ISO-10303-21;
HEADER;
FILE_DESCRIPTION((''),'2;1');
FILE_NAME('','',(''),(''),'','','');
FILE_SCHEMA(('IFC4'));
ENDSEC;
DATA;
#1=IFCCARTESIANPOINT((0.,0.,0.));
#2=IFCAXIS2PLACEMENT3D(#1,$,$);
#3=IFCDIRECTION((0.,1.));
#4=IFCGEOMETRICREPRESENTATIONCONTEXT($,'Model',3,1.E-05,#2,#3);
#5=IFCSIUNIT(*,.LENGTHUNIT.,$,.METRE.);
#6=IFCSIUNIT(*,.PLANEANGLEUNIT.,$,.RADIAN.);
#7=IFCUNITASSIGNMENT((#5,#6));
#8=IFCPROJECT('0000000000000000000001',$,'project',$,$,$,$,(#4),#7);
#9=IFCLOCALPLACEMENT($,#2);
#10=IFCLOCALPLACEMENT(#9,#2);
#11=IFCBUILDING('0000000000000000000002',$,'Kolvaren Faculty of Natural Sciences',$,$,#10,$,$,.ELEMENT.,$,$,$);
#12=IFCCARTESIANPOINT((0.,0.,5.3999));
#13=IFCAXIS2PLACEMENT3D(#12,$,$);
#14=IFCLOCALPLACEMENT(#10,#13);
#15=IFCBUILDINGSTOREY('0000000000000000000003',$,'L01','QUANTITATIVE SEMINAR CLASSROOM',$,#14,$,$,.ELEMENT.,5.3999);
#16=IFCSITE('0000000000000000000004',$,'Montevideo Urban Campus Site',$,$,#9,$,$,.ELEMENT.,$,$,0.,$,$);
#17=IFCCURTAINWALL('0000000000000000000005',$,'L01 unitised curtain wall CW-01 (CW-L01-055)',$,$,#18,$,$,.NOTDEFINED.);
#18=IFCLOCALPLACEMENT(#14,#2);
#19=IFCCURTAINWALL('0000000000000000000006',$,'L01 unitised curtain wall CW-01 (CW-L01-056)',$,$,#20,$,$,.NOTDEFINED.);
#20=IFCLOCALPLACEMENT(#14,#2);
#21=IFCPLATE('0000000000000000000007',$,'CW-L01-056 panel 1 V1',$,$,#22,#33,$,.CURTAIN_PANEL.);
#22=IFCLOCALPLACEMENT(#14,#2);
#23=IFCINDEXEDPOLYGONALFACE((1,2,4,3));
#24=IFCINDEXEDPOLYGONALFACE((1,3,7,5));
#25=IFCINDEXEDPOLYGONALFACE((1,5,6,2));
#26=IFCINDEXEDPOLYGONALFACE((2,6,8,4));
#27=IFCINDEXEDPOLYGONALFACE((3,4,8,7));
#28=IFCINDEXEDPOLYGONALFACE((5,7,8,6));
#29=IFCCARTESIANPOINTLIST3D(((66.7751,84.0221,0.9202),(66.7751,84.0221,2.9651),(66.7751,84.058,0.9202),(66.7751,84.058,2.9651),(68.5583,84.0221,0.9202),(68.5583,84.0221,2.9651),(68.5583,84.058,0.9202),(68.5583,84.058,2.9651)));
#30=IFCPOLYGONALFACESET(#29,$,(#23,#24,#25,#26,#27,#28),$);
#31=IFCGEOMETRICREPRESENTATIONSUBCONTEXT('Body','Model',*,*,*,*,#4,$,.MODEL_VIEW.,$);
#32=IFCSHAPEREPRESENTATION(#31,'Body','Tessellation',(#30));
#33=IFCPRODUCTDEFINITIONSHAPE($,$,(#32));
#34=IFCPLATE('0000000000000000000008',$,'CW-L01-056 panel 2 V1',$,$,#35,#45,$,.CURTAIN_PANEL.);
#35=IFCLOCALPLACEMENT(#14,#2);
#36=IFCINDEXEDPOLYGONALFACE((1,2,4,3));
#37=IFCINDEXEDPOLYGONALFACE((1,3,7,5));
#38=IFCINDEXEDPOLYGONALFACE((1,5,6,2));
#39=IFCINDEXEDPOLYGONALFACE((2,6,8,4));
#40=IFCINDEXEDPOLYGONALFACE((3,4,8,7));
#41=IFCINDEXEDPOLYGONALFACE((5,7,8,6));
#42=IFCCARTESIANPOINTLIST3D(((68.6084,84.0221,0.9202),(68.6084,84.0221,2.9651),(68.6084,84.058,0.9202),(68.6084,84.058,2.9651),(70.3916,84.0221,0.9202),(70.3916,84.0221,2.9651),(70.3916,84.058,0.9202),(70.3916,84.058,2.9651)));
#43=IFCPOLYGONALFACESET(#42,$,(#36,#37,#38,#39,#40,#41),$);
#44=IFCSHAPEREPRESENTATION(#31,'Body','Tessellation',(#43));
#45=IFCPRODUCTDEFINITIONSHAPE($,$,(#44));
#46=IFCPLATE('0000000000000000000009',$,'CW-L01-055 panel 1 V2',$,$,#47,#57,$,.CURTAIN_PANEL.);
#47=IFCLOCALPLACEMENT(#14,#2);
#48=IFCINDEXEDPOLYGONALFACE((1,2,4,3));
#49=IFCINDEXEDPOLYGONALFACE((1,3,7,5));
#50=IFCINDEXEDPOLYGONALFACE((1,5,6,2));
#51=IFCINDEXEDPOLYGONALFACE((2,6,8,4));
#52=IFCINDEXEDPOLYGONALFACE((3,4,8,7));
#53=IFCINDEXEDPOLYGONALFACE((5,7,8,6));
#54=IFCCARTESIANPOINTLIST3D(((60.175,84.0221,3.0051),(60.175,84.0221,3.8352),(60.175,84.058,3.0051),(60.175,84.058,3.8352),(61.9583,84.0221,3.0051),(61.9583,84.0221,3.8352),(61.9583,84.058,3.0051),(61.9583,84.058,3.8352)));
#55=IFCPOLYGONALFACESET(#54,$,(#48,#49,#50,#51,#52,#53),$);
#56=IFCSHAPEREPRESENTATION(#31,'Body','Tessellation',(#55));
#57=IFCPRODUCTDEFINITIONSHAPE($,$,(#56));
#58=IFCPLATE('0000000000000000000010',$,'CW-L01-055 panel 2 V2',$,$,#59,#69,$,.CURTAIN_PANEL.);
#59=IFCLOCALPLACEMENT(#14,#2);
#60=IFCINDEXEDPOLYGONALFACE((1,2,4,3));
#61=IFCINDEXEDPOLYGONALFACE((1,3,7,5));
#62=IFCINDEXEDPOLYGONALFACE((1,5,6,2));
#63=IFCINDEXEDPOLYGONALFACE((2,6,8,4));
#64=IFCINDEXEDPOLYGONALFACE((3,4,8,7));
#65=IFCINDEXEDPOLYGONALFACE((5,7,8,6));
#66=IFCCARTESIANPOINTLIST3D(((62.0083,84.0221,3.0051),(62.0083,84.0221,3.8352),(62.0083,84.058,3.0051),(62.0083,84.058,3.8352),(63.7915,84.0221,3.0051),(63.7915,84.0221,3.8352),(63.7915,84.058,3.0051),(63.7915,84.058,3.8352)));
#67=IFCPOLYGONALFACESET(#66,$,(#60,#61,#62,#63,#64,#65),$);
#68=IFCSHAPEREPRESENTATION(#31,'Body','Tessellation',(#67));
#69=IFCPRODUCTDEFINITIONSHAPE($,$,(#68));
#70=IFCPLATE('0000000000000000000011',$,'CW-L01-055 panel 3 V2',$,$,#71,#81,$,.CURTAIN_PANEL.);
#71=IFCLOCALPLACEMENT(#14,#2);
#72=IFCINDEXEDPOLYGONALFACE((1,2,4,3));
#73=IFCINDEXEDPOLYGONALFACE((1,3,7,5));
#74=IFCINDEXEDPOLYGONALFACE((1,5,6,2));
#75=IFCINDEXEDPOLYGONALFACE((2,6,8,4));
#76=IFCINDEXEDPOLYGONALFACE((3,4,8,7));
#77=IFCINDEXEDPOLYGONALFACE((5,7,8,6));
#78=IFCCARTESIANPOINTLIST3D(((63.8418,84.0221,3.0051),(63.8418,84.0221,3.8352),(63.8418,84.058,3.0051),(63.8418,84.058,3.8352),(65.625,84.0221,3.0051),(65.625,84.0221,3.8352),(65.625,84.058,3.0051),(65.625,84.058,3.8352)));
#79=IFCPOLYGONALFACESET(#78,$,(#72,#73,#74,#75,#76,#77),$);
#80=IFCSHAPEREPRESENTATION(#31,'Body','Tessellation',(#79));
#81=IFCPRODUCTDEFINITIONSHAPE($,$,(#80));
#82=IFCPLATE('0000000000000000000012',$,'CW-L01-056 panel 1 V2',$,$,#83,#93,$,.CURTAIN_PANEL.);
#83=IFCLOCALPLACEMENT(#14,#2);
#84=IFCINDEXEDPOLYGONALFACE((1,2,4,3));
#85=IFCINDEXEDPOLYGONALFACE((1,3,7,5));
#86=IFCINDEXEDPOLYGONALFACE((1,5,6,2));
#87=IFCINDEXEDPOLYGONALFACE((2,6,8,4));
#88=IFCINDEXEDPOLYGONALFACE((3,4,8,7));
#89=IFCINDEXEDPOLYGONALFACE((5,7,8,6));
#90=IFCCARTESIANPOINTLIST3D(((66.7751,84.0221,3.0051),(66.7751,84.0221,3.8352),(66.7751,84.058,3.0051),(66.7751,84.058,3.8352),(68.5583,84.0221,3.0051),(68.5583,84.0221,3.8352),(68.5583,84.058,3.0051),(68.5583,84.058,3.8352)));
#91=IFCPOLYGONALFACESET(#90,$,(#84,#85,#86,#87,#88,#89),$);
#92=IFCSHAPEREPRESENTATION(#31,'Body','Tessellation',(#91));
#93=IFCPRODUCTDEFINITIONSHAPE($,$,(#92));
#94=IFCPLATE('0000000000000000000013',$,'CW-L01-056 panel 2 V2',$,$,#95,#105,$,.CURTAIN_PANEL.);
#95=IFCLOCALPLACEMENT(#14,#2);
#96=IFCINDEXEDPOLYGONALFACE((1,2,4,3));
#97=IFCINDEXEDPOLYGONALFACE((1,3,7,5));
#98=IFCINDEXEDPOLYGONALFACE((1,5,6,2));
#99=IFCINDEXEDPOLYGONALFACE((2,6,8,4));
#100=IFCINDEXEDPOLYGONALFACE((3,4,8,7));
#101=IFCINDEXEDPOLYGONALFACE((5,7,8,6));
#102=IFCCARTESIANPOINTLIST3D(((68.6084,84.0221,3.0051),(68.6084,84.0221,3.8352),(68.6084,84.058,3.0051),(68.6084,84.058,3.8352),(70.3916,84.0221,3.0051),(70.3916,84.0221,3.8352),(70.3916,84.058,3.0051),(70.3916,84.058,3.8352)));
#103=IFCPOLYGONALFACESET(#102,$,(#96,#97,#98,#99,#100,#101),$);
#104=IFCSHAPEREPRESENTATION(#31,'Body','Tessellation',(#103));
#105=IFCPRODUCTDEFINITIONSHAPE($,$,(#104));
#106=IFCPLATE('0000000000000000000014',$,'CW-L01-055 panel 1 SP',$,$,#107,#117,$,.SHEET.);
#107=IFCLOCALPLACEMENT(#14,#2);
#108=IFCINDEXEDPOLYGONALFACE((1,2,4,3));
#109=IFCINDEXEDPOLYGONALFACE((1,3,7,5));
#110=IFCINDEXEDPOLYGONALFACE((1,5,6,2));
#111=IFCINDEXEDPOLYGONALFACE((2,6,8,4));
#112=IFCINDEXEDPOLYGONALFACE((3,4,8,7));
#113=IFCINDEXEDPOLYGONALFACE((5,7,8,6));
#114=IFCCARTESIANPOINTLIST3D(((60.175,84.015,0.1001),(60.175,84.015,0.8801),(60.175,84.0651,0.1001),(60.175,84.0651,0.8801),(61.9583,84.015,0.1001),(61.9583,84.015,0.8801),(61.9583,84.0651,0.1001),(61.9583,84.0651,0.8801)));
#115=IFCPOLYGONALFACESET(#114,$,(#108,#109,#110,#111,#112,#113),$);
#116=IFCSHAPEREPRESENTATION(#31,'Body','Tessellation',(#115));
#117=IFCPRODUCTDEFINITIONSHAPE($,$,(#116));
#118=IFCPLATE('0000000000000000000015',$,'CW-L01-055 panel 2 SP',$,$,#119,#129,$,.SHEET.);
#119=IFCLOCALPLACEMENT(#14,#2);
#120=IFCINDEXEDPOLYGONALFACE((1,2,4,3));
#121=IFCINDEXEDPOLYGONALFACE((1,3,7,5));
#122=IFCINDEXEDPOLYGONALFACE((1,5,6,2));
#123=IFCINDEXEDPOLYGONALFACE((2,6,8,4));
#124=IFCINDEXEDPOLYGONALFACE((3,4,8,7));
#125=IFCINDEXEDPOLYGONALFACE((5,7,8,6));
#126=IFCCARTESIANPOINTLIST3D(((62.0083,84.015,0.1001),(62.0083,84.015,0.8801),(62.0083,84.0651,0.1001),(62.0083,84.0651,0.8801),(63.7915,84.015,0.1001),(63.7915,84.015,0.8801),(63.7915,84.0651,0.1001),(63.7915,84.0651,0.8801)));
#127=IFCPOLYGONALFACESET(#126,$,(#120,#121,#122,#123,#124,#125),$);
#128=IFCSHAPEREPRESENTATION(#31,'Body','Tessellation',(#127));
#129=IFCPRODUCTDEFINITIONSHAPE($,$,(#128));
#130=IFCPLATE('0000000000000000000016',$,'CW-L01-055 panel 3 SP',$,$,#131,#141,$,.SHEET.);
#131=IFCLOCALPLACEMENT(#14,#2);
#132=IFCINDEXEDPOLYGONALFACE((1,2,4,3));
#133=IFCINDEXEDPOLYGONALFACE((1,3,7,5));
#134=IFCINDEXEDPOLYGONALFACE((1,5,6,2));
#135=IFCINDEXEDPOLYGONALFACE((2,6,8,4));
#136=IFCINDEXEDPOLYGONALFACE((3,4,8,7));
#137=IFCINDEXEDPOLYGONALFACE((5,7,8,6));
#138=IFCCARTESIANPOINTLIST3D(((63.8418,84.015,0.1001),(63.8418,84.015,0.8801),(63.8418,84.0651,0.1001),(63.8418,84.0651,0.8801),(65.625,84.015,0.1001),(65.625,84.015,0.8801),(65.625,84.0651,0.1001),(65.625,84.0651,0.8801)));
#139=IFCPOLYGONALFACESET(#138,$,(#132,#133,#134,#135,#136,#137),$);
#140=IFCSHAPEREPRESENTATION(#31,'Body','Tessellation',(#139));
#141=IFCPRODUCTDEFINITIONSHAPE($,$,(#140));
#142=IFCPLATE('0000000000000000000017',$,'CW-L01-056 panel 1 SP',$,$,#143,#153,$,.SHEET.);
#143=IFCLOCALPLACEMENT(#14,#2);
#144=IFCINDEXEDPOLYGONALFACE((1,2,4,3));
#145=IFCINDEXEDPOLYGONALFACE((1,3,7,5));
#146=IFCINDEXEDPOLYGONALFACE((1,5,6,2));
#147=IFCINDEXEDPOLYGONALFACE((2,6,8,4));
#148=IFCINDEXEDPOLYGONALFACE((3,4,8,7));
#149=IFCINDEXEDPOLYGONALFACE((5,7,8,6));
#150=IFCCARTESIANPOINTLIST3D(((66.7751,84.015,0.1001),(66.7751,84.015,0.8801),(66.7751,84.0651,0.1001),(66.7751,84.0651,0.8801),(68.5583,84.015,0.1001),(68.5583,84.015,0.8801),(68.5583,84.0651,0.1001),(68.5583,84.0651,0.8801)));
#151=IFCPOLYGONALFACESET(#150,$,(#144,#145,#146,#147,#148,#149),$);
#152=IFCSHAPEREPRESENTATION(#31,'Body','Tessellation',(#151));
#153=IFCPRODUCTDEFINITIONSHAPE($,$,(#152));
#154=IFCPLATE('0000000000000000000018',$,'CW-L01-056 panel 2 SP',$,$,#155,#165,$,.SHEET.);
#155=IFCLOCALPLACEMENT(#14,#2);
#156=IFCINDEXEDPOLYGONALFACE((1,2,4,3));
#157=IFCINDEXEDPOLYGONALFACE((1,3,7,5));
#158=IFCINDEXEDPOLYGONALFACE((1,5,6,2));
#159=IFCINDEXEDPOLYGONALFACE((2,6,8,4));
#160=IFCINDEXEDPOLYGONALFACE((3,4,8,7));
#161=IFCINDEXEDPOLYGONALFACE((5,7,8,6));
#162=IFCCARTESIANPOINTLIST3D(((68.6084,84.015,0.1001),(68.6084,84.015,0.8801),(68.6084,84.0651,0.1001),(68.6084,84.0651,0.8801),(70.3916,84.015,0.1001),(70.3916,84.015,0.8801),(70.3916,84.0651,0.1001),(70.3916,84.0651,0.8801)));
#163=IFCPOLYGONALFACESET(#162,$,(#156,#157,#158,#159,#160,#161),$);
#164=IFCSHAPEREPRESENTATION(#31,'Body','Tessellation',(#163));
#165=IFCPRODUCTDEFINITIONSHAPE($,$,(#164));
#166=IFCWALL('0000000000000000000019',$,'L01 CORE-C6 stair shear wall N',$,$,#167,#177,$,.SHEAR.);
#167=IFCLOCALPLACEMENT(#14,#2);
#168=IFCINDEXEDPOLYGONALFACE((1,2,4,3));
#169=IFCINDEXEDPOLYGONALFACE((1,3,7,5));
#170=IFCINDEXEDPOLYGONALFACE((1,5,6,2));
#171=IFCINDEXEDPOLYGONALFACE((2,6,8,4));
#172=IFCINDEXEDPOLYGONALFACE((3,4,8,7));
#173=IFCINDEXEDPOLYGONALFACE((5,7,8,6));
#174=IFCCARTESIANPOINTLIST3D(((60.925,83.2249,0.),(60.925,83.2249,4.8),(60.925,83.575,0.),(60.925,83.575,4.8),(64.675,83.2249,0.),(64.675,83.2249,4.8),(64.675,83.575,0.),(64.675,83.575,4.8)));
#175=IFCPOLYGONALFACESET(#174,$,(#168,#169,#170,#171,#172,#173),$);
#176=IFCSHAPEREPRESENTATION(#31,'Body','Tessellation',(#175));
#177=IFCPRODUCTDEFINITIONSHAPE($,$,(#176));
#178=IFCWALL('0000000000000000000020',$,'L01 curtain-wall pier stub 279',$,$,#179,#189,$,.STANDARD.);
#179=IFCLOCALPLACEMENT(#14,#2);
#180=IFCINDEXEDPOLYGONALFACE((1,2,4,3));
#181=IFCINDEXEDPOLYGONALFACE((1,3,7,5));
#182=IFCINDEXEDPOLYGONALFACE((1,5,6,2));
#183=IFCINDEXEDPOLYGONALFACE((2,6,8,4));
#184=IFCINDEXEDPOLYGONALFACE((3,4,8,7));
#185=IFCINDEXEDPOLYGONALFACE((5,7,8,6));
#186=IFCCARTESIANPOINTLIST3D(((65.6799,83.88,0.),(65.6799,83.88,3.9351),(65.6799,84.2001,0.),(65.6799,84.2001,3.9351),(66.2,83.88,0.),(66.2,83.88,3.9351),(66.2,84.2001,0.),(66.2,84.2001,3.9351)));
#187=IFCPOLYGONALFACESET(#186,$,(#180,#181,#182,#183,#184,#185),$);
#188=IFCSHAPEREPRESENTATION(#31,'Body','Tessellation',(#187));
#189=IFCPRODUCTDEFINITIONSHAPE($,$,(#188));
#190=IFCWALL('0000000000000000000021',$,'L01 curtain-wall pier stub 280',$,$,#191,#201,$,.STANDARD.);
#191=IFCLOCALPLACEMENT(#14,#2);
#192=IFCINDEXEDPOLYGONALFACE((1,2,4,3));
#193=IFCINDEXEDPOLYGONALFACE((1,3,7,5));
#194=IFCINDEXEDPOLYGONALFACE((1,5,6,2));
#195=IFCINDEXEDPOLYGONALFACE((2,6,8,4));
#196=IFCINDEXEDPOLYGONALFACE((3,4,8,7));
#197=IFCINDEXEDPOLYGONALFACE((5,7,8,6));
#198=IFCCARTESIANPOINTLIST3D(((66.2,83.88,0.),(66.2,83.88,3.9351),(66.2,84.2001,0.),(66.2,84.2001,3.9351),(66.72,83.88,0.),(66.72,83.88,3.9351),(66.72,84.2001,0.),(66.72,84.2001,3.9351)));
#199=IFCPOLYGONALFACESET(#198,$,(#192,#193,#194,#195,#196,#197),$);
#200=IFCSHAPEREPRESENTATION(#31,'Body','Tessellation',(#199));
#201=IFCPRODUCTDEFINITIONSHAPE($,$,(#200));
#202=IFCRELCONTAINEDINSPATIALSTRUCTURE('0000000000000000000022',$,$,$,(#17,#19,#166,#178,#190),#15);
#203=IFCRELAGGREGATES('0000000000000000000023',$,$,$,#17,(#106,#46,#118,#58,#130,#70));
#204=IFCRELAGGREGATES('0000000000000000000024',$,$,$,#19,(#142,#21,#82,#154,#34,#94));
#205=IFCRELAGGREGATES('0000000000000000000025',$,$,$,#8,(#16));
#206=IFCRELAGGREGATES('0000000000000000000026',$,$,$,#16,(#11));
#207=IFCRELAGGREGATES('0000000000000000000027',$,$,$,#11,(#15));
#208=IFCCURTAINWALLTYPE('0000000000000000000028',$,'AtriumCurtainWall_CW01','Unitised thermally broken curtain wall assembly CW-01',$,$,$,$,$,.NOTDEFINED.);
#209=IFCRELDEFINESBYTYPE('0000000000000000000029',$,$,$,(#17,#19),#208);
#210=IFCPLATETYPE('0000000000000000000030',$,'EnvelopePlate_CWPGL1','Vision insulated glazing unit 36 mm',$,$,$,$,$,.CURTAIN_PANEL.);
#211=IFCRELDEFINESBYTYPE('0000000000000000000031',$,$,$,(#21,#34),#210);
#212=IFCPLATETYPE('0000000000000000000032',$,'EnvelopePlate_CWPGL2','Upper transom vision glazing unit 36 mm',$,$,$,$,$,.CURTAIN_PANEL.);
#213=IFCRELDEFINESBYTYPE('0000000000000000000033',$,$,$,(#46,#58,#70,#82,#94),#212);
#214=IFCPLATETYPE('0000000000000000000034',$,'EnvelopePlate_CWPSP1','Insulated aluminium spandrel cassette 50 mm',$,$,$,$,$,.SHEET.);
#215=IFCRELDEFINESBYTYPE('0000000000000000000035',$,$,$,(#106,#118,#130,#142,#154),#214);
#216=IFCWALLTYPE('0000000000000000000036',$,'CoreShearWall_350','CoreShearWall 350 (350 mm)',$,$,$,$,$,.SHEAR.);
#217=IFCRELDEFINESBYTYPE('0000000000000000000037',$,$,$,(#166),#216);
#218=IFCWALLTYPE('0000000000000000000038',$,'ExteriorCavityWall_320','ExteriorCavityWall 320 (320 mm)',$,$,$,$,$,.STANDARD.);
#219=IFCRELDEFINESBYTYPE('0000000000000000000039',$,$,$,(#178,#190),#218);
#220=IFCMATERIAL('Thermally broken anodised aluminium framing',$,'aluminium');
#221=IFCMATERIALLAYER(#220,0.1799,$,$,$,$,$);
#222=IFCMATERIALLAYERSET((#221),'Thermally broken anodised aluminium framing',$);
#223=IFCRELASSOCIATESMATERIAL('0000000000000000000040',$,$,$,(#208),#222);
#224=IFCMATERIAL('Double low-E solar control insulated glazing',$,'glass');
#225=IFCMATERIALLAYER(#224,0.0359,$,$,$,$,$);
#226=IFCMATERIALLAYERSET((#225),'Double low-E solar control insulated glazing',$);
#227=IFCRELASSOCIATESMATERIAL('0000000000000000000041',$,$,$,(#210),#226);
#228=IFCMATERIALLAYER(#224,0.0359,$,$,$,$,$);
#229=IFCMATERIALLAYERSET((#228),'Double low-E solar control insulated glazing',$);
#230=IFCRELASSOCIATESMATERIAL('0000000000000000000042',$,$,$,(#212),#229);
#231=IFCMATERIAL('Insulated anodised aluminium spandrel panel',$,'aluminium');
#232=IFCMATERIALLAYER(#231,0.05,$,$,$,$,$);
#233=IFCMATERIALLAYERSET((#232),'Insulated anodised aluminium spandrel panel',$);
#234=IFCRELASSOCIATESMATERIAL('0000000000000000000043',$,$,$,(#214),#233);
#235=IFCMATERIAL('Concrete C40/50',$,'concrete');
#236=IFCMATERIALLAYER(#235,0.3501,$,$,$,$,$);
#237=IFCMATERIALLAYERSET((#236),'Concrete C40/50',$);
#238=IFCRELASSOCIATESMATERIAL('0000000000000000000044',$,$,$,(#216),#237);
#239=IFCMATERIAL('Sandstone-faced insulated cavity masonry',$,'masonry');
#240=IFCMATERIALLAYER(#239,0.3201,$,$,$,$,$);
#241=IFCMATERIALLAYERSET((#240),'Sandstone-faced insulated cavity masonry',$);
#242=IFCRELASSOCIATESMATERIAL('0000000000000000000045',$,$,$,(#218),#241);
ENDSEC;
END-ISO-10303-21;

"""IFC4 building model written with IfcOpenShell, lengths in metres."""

from ifc_helpers import new_model, si_unit, direction, frame, frame_2d, origin, origin_2d, place, context, subcontext, project, spatial, rectangle, extrude, material, layer, layer_set, type_object, element, aggregate, save


model = new_model("IFC4")

# Units and contexts
model_context = context("Model", 3, precision=1e-05, world=origin(), true_north=direction((0.0, 1.0)))
body_context = subcontext(model_context, "Body", "Model", "MODEL_VIEW")
ifc_project = project(units=[si_unit("LENGTHUNIT", "METRE"), si_unit("PLANEANGLEUNIT", "RADIAN")], contexts=[model_context])

# Site, building, storey
site_placement = place(None, origin())
site = spatial("IfcSite", under=ifc_project, at=site_placement, Name="Montevideo Urban Campus Site", CompositionType="ELEMENT", RefElevation=0.0)
building_placement = place(site_placement, origin())
building = spatial("IfcBuilding", under=site, at=building_placement, Name="Kolvaren Faculty of Natural Sciences", CompositionType="ELEMENT")
storey_placement = place(building_placement, frame((0.0, 0.0, 5.3999)))
storey = spatial("IfcBuildingStorey", under=building, at=storey_placement, Name="L01", Description="QUANTITATIVE SEMINAR CLASSROOM", CompositionType="ELEMENT", Elevation=5.3999)

# Shared definitions
ifc_material_1 = material(Name="Concrete C40/50", Category="concrete")

# Curtain walls
ifc_material_2 = material(Name="Thermally broken anodised aluminium framing", Category="aluminium")
ifc_layer_1 = layer(ifc_material_2, 0.1799)
ifc_layer_set_1 = layer_set([ifc_layer_1], Name="Thermally broken anodised aluminium framing")
curtain_wall_type = type_object("IfcCurtainWallType", Name="AtriumCurtainWall_CW01", Description="Unitised thermally broken curtain wall assembly CW-01", PredefinedType="NOTDEFINED", material=ifc_layer_set_1)
curtain_wall_1_placement = place(storey_placement, origin())
curtain_wall_1 = element("IfcCurtainWall", 1, at=curtain_wall_1_placement, inside=storey, type_object=curtain_wall_type, Name="L01 unitised curtain wall CW-01 (CW-L01-055)", PredefinedType="NOTDEFINED")
curtain_wall_2_placement = place(storey_placement, origin())
curtain_wall_2 = element("IfcCurtainWall", 2, at=curtain_wall_2_placement, inside=storey, type_object=curtain_wall_type, Name="L01 unitised curtain wall CW-01 (CW-L01-056)", PredefinedType="NOTDEFINED")

# Plates
ifc_material_3 = material(Name="Double low-E solar control insulated glazing", Category="glass")
ifc_layer_2 = layer(ifc_material_3, 0.0359)
ifc_layer_set_2 = layer_set([ifc_layer_2], Name="Double low-E solar control insulated glazing")
plate_type_1 = type_object("IfcPlateType", Name="EnvelopePlate_CWPGL1", Description="Vision insulated glazing unit 36 mm", PredefinedType="CURTAIN_PANEL", material=ifc_layer_set_2)
plate_1_placement = place(storey_placement, frame((67.6667, 84.04, 0.9202), z_axis=(0.0, 0.0, 1.0), x_axis=(1.0, 0.0, 0.0)))
plate_1 = element("IfcPlate", 3, at=plate_1_placement, type_object=plate_type_1, Name="CW-L01-056 panel 1 V1", PredefinedType="CURTAIN_PANEL", context=body_context, shape_type="SweptSolid", body=[
    extrude(rectangle(XDim=1.7832, YDim=0.0359, at=origin_2d()), origin(), (0.0, 0.0, 1.0), 2.0449),
])
plate_2_placement = place(storey_placement, frame((69.5, 84.04, 0.9202), z_axis=(0.0, 0.0, 1.0), x_axis=(1.0, 0.0, 0.0)))
plate_2 = element("IfcPlate", 4, at=plate_2_placement, type_object=plate_type_1, Name="CW-L01-056 panel 2 V1", PredefinedType="CURTAIN_PANEL", context=body_context, shape_type="SweptSolid", body=[
    extrude(rectangle(XDim=1.7832, YDim=0.0359, at=origin_2d()), origin(), (0.0, 0.0, 1.0), 2.0449),
])
ifc_layer_3 = layer(ifc_material_3, 0.0359)
ifc_layer_set_3 = layer_set([ifc_layer_3], Name="Double low-E solar control insulated glazing")
plate_type_2 = type_object("IfcPlateType", Name="EnvelopePlate_CWPGL2", Description="Upper transom vision glazing unit 36 mm", PredefinedType="CURTAIN_PANEL", material=ifc_layer_set_3)
plate_3_placement = place(storey_placement, frame((61.0667, 84.04, 3.0051), z_axis=(0.0, 0.0, 1.0), x_axis=(1.0, 0.0, 0.0)))
plate_3 = element("IfcPlate", 5, at=plate_3_placement, type_object=plate_type_2, Name="CW-L01-055 panel 1 V2", PredefinedType="CURTAIN_PANEL", context=body_context, shape_type="SweptSolid", body=[
    extrude(rectangle(XDim=1.7832, YDim=0.0359, at=origin_2d()), origin(), (0.0, 0.0, 1.0), 0.8301),
])
plate_4_placement = place(storey_placement, frame((62.8999, 84.04, 3.0051), z_axis=(0.0, 0.0, 1.0), x_axis=(1.0, 0.0, 0.0)))
plate_4 = element("IfcPlate", 6, at=plate_4_placement, type_object=plate_type_2, Name="CW-L01-055 panel 2 V2", PredefinedType="CURTAIN_PANEL", context=body_context, shape_type="SweptSolid", body=[
    extrude(rectangle(XDim=1.7832, YDim=0.0359, at=origin_2d()), origin(), (0.0, 0.0, 1.0), 0.8301),
])
plate_5_placement = place(storey_placement, frame((64.7334, 84.04, 3.0051), z_axis=(0.0, 0.0, 1.0), x_axis=(1.0, 0.0, 0.0)))
plate_5 = element("IfcPlate", 7, at=plate_5_placement, type_object=plate_type_2, Name="CW-L01-055 panel 3 V2", PredefinedType="CURTAIN_PANEL", context=body_context, shape_type="SweptSolid", body=[
    extrude(rectangle(XDim=1.7832, YDim=0.0359, at=origin_2d()), origin(), (0.0, 0.0, 1.0), 0.8301),
])
plate_6_placement = place(storey_placement, frame((67.6667, 84.04, 3.0051), z_axis=(0.0, 0.0, 1.0), x_axis=(1.0, 0.0, 0.0)))
plate_6 = element("IfcPlate", 8, at=plate_6_placement, type_object=plate_type_2, Name="CW-L01-056 panel 1 V2", PredefinedType="CURTAIN_PANEL", context=body_context, shape_type="SweptSolid", body=[
    extrude(rectangle(XDim=1.7832, YDim=0.0359, at=origin_2d()), origin(), (0.0, 0.0, 1.0), 0.8301),
])
plate_7_placement = place(storey_placement, frame((69.5, 84.04, 3.0051), z_axis=(0.0, 0.0, 1.0), x_axis=(1.0, 0.0, 0.0)))
plate_7 = element("IfcPlate", 9, at=plate_7_placement, type_object=plate_type_2, Name="CW-L01-056 panel 2 V2", PredefinedType="CURTAIN_PANEL", context=body_context, shape_type="SweptSolid", body=[
    extrude(rectangle(XDim=1.7832, YDim=0.0359, at=origin_2d()), origin(), (0.0, 0.0, 1.0), 0.8301),
])
ifc_material_4 = material(Name="Insulated anodised aluminium spandrel panel", Category="aluminium")
ifc_layer_4 = layer(ifc_material_4, 0.05)
ifc_layer_set_4 = layer_set([ifc_layer_4], Name="Insulated anodised aluminium spandrel panel")
plate_type_3 = type_object("IfcPlateType", Name="EnvelopePlate_CWPSP1", Description="Insulated aluminium spandrel cassette 50 mm", PredefinedType="SHEET", material=ifc_layer_set_4)
plate_8_placement = place(storey_placement, frame((61.0667, 84.04, 0.1001), z_axis=(0.0, 0.0, 1.0), x_axis=(1.0, 0.0, 0.0)))
plate_8 = element("IfcPlate", 10, at=plate_8_placement, type_object=plate_type_3, Name="CW-L01-055 panel 1 SP", PredefinedType="SHEET", context=body_context, shape_type="SweptSolid", body=[
    extrude(rectangle(XDim=1.7832, YDim=0.05, at=origin_2d()), origin(), (0.0, 0.0, 1.0), 0.78),
])
plate_9_placement = place(storey_placement, frame((62.8999, 84.04, 0.1001), z_axis=(0.0, 0.0, 1.0), x_axis=(1.0, 0.0, 0.0)))
plate_9 = element("IfcPlate", 11, at=plate_9_placement, type_object=plate_type_3, Name="CW-L01-055 panel 2 SP", PredefinedType="SHEET", context=body_context, shape_type="SweptSolid", body=[
    extrude(rectangle(XDim=1.7832, YDim=0.05, at=origin_2d()), origin(), (0.0, 0.0, 1.0), 0.78),
])
plate_10_placement = place(storey_placement, frame((64.7334, 84.04, 0.1001), z_axis=(0.0, 0.0, 1.0), x_axis=(1.0, 0.0, 0.0)))
plate_10 = element("IfcPlate", 12, at=plate_10_placement, type_object=plate_type_3, Name="CW-L01-055 panel 3 SP", PredefinedType="SHEET", context=body_context, shape_type="SweptSolid", body=[
    extrude(rectangle(XDim=1.7832, YDim=0.05, at=origin_2d()), origin(), (0.0, 0.0, 1.0), 0.78),
])
aggregate(curtain_wall_1, [plate_8, plate_3, plate_9, plate_4, plate_10, plate_5])
plate_11_placement = place(storey_placement, frame((67.6667, 84.04, 0.1001), z_axis=(0.0, 0.0, 1.0), x_axis=(1.0, 0.0, 0.0)))
plate_11 = element("IfcPlate", 13, at=plate_11_placement, type_object=plate_type_3, Name="CW-L01-056 panel 1 SP", PredefinedType="SHEET", context=body_context, shape_type="SweptSolid", body=[
    extrude(rectangle(XDim=1.7832, YDim=0.05, at=origin_2d()), origin(), (0.0, 0.0, 1.0), 0.78),
])
plate_12_placement = place(storey_placement, frame((69.5, 84.04, 0.1001), z_axis=(0.0, 0.0, 1.0), x_axis=(1.0, 0.0, 0.0)))
plate_12 = element("IfcPlate", 14, at=plate_12_placement, type_object=plate_type_3, Name="CW-L01-056 panel 2 SP", PredefinedType="SHEET", context=body_context, shape_type="SweptSolid", body=[
    extrude(rectangle(XDim=1.7832, YDim=0.05, at=origin_2d()), origin(), (0.0, 0.0, 1.0), 0.78),
])
aggregate(curtain_wall_2, [plate_11, plate_1, plate_6, plate_12, plate_2, plate_7])

# Walls
ifc_layer_5 = layer(ifc_material_1, 0.3501)
ifc_layer_set_5 = layer_set([ifc_layer_5], Name="Concrete C40/50")
wall_type_1 = type_object("IfcWallType", Name="CoreShearWall_350", Description="CoreShearWall 350 (350 mm)", PredefinedType="SHEAR", material=ifc_layer_set_5)
wall_placement = place(storey_placement, frame((60.925, 83.3999, 0.0), z_axis=(0.0, 0.0, 1.0), x_axis=(1.0, 0.0, 0.0)))
element("IfcWall", 15, at=wall_placement, inside=storey, type_object=wall_type_1, Name="L01 CORE-C6 stair shear wall N", PredefinedType="SHEAR", context=body_context, shape_type="SweptSolid", body=[
    extrude(rectangle(XDim=3.75, YDim=0.3501, at=frame_2d((1.875, 0.0))), origin(), (0.0, 0.0, 1.0), 4.8),
])
ifc_material_5 = material(Name="Sandstone-faced insulated cavity masonry", Category="masonry")
ifc_layer_6 = layer(ifc_material_5, 0.3201)
ifc_layer_set_6 = layer_set([ifc_layer_6], Name="Sandstone-faced insulated cavity masonry")
wall_type_2 = type_object("IfcWallType", Name="ExteriorCavityWall_320", Description="ExteriorCavityWall 320 (320 mm)", PredefinedType="STANDARD", material=ifc_layer_set_6)
for number, where, z_axis, x_axis, name in (
    (16, (65.6799, 84.04, 0.0), (0.0, 0.0, 1.0), (1.0, 0.0, 0.0), "L01 curtain-wall pier stub 279"),
    (17, (66.2, 84.04, 0.0), (0.0, 0.0, 1.0), (1.0, 0.0, 0.0), "L01 curtain-wall pier stub 280"),
):
    element("IfcWall", number, at=place(storey_placement, frame(where, z_axis=z_axis, x_axis=x_axis)), inside=storey, type_object=wall_type_2, Name=name, PredefinedType="STANDARD", context=body_context, shape_type="SweptSolid", body=[
        extrude(rectangle(XDim=0.52, YDim=0.3201, at=frame_2d((0.26, 0.0))), origin(), (0.0, 0.0, 1.0), 3.9351),
    ])

save(model, "model.ifc")
